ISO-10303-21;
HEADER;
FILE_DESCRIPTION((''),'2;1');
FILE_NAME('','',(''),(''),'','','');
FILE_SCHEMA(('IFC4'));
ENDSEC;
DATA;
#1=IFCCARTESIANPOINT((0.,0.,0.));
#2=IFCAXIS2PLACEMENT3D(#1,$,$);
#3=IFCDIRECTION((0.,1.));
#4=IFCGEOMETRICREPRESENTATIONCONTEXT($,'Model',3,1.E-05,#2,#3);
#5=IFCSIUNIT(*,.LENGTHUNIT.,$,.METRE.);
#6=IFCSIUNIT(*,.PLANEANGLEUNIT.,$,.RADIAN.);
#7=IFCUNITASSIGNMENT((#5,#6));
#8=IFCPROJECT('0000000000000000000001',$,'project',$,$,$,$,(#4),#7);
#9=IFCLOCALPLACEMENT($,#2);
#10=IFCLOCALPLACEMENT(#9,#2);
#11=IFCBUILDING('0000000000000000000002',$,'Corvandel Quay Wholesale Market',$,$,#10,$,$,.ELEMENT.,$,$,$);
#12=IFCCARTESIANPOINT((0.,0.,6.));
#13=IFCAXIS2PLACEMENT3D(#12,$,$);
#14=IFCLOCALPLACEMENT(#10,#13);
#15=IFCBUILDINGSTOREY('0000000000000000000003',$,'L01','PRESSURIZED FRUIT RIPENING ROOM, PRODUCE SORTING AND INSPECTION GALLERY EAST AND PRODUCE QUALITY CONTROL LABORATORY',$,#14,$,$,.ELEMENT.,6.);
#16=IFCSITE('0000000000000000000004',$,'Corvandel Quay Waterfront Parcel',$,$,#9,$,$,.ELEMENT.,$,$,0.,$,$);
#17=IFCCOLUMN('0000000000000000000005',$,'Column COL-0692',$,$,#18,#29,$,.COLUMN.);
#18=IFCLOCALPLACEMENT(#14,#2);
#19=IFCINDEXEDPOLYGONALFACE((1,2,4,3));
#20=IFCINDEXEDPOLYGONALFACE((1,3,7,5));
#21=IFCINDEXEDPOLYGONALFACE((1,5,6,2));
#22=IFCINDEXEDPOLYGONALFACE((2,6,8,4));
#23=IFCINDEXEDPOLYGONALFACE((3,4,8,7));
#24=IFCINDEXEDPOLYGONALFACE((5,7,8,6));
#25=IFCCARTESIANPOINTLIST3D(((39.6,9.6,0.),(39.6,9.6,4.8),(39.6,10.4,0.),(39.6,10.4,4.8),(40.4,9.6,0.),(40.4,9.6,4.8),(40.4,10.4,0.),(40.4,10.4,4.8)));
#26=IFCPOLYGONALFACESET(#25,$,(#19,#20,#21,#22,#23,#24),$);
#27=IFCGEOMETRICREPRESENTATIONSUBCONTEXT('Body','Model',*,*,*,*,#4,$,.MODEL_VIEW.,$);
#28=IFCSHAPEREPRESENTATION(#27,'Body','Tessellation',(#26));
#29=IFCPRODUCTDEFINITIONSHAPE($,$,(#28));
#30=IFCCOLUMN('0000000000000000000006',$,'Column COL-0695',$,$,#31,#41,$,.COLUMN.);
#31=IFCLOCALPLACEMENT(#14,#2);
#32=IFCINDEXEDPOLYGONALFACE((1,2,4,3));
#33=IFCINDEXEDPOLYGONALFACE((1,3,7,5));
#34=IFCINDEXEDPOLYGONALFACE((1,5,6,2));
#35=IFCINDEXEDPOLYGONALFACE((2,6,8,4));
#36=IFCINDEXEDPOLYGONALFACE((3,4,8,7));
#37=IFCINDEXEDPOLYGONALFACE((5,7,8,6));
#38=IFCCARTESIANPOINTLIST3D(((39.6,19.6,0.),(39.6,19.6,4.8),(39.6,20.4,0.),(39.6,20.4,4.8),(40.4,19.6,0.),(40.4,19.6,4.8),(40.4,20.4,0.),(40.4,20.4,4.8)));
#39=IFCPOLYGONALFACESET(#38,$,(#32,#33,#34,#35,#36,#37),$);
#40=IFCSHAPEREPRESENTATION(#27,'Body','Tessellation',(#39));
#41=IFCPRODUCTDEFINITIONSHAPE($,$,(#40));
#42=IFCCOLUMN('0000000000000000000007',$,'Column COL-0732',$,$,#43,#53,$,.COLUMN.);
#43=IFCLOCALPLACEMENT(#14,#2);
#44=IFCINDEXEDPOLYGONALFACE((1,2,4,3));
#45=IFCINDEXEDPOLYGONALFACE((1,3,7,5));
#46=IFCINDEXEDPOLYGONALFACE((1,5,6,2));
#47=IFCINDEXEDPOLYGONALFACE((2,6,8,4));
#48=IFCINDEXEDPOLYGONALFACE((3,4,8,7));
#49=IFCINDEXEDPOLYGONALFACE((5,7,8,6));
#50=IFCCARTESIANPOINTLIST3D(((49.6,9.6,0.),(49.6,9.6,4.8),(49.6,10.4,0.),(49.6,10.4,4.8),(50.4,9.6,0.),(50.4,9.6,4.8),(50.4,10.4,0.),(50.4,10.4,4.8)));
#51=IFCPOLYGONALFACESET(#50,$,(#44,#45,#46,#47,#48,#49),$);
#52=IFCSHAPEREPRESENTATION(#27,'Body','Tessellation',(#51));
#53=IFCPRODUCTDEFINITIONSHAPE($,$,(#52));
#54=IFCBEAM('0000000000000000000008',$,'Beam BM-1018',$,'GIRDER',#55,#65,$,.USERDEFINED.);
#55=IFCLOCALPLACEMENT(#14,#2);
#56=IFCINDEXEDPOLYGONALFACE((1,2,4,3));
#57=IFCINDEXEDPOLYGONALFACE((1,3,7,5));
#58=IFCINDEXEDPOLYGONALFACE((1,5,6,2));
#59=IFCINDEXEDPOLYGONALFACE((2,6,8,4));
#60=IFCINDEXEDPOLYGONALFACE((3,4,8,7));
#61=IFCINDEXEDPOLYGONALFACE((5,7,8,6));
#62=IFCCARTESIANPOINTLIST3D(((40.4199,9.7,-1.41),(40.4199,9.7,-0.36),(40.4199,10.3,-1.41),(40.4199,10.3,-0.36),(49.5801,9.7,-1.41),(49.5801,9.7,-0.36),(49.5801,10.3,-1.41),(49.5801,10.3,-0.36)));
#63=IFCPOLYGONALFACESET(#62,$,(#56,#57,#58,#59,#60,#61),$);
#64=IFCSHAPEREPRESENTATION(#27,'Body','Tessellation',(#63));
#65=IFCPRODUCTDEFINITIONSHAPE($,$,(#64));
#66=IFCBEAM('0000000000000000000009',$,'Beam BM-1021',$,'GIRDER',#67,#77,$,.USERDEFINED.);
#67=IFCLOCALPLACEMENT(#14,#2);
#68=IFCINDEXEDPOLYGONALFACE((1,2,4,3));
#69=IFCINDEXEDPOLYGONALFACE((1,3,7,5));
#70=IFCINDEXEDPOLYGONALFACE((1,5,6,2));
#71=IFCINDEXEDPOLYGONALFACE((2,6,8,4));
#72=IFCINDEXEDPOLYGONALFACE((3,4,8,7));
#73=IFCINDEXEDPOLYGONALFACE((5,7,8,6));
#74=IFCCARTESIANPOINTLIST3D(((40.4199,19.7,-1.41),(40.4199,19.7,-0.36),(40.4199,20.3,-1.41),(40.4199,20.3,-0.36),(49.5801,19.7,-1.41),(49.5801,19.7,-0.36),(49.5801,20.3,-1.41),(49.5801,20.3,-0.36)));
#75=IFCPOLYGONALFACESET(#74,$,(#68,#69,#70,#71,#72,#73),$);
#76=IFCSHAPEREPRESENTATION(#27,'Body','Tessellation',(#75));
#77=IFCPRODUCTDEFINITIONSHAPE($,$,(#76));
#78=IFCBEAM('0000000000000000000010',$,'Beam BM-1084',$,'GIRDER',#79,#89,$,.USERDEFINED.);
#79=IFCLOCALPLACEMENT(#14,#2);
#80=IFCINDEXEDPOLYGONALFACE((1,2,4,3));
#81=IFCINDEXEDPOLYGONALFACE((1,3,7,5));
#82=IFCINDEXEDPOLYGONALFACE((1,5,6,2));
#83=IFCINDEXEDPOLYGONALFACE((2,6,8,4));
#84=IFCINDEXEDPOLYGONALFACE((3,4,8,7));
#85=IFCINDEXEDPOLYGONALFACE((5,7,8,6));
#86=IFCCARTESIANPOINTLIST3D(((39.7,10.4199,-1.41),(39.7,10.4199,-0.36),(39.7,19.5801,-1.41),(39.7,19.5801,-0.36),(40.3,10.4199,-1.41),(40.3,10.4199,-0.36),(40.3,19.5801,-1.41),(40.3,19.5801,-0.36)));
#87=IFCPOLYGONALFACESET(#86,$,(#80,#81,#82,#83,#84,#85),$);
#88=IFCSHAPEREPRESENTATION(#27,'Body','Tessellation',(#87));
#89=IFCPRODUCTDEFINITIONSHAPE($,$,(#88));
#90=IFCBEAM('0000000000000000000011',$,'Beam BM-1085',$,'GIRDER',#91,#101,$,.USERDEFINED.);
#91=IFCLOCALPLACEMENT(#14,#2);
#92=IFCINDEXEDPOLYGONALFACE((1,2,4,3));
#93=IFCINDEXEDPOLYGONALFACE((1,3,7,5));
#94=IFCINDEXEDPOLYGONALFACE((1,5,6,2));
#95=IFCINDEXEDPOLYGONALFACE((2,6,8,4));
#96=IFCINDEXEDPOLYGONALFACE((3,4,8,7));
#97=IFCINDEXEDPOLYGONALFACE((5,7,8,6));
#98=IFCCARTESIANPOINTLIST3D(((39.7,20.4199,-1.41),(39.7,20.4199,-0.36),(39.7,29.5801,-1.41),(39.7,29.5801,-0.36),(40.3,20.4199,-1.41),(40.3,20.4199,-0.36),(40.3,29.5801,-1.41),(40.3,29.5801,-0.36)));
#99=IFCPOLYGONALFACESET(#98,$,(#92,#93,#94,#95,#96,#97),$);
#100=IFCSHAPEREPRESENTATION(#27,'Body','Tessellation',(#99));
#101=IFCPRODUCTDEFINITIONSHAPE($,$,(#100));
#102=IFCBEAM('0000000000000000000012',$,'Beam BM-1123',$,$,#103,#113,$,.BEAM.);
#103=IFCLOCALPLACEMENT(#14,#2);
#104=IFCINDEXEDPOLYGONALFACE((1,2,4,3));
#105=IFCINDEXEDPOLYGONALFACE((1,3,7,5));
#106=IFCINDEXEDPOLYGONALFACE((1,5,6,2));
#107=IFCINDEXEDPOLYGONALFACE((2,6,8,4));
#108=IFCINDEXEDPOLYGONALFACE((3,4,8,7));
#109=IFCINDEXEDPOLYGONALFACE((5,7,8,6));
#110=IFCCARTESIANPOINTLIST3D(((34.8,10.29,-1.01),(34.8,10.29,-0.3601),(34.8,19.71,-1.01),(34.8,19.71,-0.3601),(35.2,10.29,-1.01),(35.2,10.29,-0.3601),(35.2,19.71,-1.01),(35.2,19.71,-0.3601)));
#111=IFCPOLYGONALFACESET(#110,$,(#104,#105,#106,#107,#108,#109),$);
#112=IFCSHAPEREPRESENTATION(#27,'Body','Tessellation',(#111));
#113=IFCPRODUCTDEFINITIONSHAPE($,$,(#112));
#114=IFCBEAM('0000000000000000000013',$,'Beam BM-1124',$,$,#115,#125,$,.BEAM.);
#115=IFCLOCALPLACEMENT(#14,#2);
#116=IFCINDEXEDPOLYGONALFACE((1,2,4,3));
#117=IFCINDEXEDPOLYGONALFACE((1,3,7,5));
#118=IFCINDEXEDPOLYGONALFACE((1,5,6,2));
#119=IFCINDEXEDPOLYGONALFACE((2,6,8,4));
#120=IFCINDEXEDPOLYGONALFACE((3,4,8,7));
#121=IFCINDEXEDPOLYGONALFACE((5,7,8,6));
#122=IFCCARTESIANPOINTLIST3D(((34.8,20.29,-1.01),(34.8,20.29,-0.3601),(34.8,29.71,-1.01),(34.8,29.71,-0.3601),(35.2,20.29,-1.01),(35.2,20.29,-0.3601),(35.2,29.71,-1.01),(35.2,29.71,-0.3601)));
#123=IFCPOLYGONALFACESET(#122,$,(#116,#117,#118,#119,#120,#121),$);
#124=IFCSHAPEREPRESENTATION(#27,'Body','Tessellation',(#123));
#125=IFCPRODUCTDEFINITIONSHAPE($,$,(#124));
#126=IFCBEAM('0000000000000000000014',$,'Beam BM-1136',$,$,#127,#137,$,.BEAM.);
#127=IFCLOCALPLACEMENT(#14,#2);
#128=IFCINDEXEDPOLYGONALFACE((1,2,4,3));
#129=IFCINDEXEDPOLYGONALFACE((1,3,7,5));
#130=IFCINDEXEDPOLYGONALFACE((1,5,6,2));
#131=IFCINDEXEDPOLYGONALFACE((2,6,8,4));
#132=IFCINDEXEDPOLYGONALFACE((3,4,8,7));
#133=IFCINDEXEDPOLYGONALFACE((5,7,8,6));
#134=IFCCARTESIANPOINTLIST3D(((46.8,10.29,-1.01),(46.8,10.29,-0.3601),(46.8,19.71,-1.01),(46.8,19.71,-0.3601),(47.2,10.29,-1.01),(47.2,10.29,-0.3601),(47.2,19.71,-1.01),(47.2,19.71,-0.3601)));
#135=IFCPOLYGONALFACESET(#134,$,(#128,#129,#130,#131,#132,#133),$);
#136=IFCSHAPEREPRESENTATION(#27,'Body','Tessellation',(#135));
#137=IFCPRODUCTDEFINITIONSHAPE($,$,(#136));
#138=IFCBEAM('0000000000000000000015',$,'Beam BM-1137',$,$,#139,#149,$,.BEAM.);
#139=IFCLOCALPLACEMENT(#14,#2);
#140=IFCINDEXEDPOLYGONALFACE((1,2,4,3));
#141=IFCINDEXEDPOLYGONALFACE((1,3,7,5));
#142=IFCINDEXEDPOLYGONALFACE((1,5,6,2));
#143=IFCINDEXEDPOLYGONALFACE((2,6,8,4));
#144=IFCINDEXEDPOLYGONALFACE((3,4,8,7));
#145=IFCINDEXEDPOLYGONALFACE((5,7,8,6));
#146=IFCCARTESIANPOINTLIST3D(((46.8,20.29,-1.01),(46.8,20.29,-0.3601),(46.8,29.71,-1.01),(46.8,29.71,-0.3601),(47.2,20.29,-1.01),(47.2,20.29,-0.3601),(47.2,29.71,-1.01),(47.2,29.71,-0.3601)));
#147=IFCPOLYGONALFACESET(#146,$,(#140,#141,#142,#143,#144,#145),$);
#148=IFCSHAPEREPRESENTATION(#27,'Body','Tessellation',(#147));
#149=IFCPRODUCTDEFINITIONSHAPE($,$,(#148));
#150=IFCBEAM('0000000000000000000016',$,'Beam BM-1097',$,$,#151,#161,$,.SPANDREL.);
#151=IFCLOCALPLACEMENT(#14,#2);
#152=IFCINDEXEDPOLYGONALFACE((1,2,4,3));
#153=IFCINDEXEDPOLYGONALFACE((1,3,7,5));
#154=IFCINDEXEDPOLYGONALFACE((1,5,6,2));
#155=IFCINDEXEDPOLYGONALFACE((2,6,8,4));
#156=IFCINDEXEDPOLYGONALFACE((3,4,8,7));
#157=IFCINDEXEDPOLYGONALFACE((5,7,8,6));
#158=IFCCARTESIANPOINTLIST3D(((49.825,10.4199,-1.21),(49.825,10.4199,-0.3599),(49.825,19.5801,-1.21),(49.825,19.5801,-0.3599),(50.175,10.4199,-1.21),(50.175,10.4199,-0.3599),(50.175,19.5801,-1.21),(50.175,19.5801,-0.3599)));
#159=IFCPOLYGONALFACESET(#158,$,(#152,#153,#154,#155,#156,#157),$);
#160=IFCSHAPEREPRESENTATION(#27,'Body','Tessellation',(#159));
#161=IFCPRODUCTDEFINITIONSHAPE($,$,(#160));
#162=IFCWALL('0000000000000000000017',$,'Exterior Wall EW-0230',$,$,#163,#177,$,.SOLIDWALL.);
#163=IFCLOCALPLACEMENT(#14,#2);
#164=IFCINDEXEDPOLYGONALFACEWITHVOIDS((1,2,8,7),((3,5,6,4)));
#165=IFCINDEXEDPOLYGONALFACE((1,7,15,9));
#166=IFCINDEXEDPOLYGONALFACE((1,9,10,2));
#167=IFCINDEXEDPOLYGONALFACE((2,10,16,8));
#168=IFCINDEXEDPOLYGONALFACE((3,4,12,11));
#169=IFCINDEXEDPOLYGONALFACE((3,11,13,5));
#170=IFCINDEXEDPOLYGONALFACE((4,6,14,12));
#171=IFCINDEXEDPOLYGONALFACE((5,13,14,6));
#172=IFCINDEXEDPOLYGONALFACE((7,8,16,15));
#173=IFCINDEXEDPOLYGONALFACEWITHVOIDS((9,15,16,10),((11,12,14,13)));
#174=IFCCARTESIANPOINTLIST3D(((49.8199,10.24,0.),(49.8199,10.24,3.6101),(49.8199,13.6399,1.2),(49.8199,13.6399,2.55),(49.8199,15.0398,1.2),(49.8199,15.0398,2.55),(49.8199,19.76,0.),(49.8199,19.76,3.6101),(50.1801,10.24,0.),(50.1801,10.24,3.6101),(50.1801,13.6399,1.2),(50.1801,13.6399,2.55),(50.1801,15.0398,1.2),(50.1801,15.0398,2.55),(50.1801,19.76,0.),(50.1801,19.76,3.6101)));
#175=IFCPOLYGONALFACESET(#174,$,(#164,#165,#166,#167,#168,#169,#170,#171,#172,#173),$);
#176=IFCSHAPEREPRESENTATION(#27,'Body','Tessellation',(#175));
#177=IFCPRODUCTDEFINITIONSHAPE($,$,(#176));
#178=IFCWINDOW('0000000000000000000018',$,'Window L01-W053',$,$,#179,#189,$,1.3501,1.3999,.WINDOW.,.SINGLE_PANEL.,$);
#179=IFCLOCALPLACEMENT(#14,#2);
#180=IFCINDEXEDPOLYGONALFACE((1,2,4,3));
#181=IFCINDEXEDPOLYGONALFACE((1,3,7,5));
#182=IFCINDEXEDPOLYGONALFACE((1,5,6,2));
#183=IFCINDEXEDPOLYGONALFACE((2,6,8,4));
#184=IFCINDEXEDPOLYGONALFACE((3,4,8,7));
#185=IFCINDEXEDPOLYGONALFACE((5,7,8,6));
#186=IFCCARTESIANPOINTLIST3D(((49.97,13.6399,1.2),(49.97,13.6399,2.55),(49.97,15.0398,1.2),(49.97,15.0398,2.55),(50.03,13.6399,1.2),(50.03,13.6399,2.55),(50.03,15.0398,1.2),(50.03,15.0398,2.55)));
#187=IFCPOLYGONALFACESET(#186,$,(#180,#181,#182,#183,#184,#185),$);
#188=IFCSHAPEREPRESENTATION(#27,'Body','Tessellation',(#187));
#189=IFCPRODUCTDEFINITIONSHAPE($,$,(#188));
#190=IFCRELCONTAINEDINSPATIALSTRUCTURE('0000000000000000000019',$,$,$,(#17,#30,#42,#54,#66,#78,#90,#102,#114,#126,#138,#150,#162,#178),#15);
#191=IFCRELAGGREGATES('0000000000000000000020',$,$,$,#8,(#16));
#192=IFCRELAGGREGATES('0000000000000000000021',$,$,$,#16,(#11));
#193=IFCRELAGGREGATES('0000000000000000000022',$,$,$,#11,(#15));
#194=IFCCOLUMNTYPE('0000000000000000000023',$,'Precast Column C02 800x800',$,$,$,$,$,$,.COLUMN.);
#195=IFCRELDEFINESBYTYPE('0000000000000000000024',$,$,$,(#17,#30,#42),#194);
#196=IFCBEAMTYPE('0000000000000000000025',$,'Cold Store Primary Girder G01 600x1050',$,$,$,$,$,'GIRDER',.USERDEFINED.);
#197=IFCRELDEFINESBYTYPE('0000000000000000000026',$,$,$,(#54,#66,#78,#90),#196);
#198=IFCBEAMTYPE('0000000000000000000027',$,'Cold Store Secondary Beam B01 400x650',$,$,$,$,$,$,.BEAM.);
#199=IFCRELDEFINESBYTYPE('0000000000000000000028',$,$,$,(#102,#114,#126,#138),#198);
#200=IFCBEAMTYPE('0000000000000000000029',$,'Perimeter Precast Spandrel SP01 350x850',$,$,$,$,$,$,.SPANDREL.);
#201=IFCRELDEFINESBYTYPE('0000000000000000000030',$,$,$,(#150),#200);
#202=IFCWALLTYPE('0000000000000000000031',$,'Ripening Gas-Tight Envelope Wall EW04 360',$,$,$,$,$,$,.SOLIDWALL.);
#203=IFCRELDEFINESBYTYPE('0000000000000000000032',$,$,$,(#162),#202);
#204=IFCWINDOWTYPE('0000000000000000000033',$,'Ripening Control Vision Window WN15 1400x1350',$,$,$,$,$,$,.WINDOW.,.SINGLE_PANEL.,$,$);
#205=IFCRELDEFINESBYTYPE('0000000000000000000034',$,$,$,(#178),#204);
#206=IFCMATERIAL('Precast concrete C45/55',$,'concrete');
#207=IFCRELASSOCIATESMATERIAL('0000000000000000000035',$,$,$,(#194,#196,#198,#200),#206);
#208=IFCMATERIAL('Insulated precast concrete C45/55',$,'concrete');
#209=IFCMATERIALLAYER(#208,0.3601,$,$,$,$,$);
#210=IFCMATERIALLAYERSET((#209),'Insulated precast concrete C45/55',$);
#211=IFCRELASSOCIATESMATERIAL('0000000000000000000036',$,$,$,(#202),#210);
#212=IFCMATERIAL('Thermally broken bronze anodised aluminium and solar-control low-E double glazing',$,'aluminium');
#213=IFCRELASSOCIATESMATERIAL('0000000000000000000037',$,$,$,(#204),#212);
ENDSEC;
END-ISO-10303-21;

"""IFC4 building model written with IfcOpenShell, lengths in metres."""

from ifc_helpers import new_model, si_unit, direction, frame, frame_2d, origin, origin_2d, place, context, subcontext, project, spatial, rectangle, extrude, material, layer, layer_set, material_profile, profile_set, type_object, element, fill, save


model = new_model("IFC4")

# Units and contexts
model_context = context("Model", 3, precision=1e-05, world=origin(), true_north=direction((0.0, 1.0)))
body_context = subcontext(model_context, "Body", "Model", "MODEL_VIEW")
ifc_project = project(units=[si_unit("LENGTHUNIT", "METRE"), si_unit("PLANEANGLEUNIT", "RADIAN")], contexts=[model_context])

# Site, building, storey
site_placement = place(None, origin())
site = spatial("IfcSite", under=ifc_project, at=site_placement, Name="Corvandel Quay Waterfront Parcel", CompositionType="ELEMENT", RefElevation=0.0)
building_placement = place(site_placement, origin())
building = spatial("IfcBuilding", under=site, at=building_placement, Name="Corvandel Quay Wholesale Market", CompositionType="ELEMENT")
storey_placement = place(building_placement, frame((0.0, 0.0, 6.0)))
storey = spatial("IfcBuildingStorey", under=building, at=storey_placement, Name="L01", Description="PRESSURIZED FRUIT RIPENING ROOM, PRODUCE SORTING AND INSPECTION GALLERY EAST AND PRODUCE QUALITY CONTROL LABORATORY", CompositionType="ELEMENT", Elevation=6.0)

# Columns
ifc_material_1 = material(Name="Precast concrete C45/55", Category="concrete")
ifc_material_profile_1 = material_profile(ifc_material_1, rectangle(XDim=0.8, YDim=0.8, at=origin_2d()), Name="PC-COL-800x800")
ifc_profile_set_1 = profile_set([ifc_material_profile_1], Name="Precast concrete C45/55")
column_type = type_object("IfcColumnType", Name="Precast Column C02 800x800", PredefinedType="COLUMN", material=ifc_profile_set_1)
for number, where, z_axis, x_axis, name in (
    (1, (40.0, 10.0, 0.0), (0.0, 0.0, 1.0), (1.0, 0.0, 0.0), "Column COL-0692"),
    (2, (40.0, 20.0, 0.0), (0.0, 0.0, 1.0), (1.0, 0.0, 0.0), "Column COL-0695"),
    (3, (50.0, 10.0, 0.0), (0.0, 0.0, 1.0), (1.0, 0.0, 0.0), "Column COL-0732"),
):
    element("IfcColumn", number, at=place(storey_placement, frame(where, z_axis=z_axis, x_axis=x_axis)), inside=storey, type_object=column_type, Name=name, PredefinedType="COLUMN", context=body_context, shape_type="SweptSolid", body=[
        extrude(rectangle(XDim=0.8, YDim=0.8, at=origin_2d()), origin(), (0.0, 0.0, 1.0), 4.8),
    ])

# Beams
ifc_material_profile_2 = material_profile(ifc_material_1, rectangle(XDim=0.6001, YDim=1.05, at=origin_2d()), Name="PC-GIR-600x1050")
ifc_profile_set_2 = profile_set([ifc_material_profile_2], Name="Precast concrete C45/55")
beam_type_1 = type_object("IfcBeamType", Name="Cold Store Primary Girder G01 600x1050", ElementType="GIRDER", PredefinedType="USERDEFINED", material=ifc_profile_set_2)
for number, where, z_axis, x_axis, name in (
    (4, (40.4199, 10.0, -0.885), (1.0, 0.0, 0.0), (0.0, 1.0, 0.0), "Beam BM-1018"),
    (5, (40.4199, 20.0, -0.885), (1.0, 0.0, 0.0), (0.0, 1.0, 0.0), "Beam BM-1021"),
    (6, (40.0, 10.4199, -0.885), (0.0, 1.0, 0.0), (-1.0, 0.0, 0.0), "Beam BM-1084"),
    (7, (40.0, 20.4199, -0.885), (0.0, 1.0, 0.0), (-1.0, 0.0, 0.0), "Beam BM-1085"),
):
    element("IfcBeam", number, at=place(storey_placement, frame(where, z_axis=z_axis, x_axis=x_axis)), inside=storey, type_object=beam_type_1, Name=name, ObjectType="GIRDER", PredefinedType="USERDEFINED", context=body_context, shape_type="SweptSolid", body=[
        extrude(rectangle(XDim=0.6001, YDim=1.05, at=origin_2d()), origin(), (0.0, 0.0, 1.0), 9.1602),
    ])
ifc_material_profile_3 = material_profile(ifc_material_1, rectangle(XDim=0.3999, YDim=0.6499, at=origin_2d()), Name="PC-BM-400x650")
ifc_profile_set_3 = profile_set([ifc_material_profile_3], Name="Precast concrete C45/55")
beam_type_2 = type_object("IfcBeamType", Name="Cold Store Secondary Beam B01 400x650", PredefinedType="BEAM", material=ifc_profile_set_3)
for number, where, z_axis, x_axis, name in (
    (8, (35.0, 10.29, -0.6851), (0.0, 1.0, 0.0), (-1.0, 0.0, 0.0), "Beam BM-1123"),
    (9, (35.0, 20.29, -0.6851), (0.0, 1.0, 0.0), (-1.0, 0.0, 0.0), "Beam BM-1124"),
    (10, (47.0, 10.29, -0.6851), (0.0, 1.0, 0.0), (-1.0, 0.0, 0.0), "Beam BM-1136"),
    (11, (47.0, 20.29, -0.6851), (0.0, 1.0, 0.0), (-1.0, 0.0, 0.0), "Beam BM-1137"),
):
    element("IfcBeam", number, at=place(storey_placement, frame(where, z_axis=z_axis, x_axis=x_axis)), inside=storey, type_object=beam_type_2, Name=name, PredefinedType="BEAM", context=body_context, shape_type="SweptSolid", body=[
        extrude(rectangle(XDim=0.3999, YDim=0.6499, at=origin_2d()), origin(), (0.0, 0.0, 1.0), 9.4199),
    ])
ifc_material_profile_4 = material_profile(ifc_material_1, rectangle(XDim=0.3501, YDim=0.8501, at=origin_2d()), Name="PC-SPN-350x850")
ifc_profile_set_4 = profile_set([ifc_material_profile_4], Name="Precast concrete C45/55")
beam_type_3 = type_object("IfcBeamType", Name="Perimeter Precast Spandrel SP01 350x850", PredefinedType="SPANDREL", material=ifc_profile_set_4)
beam_placement = place(storey_placement, frame((50.0, 10.4199, -0.7849), z_axis=(0.0, 1.0, 0.0), x_axis=(-1.0, 0.0, 0.0)))
element("IfcBeam", 12, at=beam_placement, inside=storey, type_object=beam_type_3, Name="Beam BM-1097", PredefinedType="SPANDREL", context=body_context, shape_type="SweptSolid", body=[
    extrude(rectangle(XDim=0.3501, YDim=0.8501, at=origin_2d()), origin(), (0.0, 0.0, 1.0), 9.1602),
])

# Wall, opening, window
ifc_material_2 = material(Name="Insulated precast concrete C45/55", Category="concrete")
ifc_layer_1 = layer(ifc_material_2, 0.3601)
ifc_layer_set_1 = layer_set([ifc_layer_1], Name="Insulated precast concrete C45/55")
wall_type_1 = type_object("IfcWallType", Name="Ripening Gas-Tight Envelope Wall EW04 360", PredefinedType="SOLIDWALL", material=ifc_layer_set_1)
wall_1_placement = place(storey_placement, frame((50.0, 10.24, 0.0), z_axis=(0.0, 0.0, 1.0), x_axis=(0.0, 1.0, 0.0)))
wall_1 = element("IfcWall", 13, at=wall_1_placement, inside=storey, type_object=wall_type_1, Name="Exterior Wall EW-0230", PredefinedType="SOLIDWALL", context=body_context, shape_type="SweptSolid", body=[
    extrude(rectangle(XDim=9.52, YDim=0.3601, at=frame_2d((4.76, 0.0))), origin(), (0.0, 0.0, 1.0), 3.6101),
])
opening_1_placement = place(wall_1_placement, frame((3.3999, 0.0, 1.2)))
opening_1 = element("IfcOpeningElement", 14, at=opening_1_placement, cuts=wall_1, PredefinedType="OPENING", context=body_context, shape_type="SweptSolid", body=[
    extrude(rectangle(XDim=1.3999, YDim=1.3501, at=frame_2d((0.7, 0.675))), frame((0.0, 0.1899, 0.0), z_axis=(0.0, -1.0, 0.0), x_axis=(1.0, 0.0, 0.0)), (0.0, 0.0, 1.0), 0.3801),
])
ifc_material_3 = material(Name="Thermally broken bronze anodised aluminium and solar-control low-E double glazing", Category="aluminium")
window_type_1 = type_object("IfcWindowType", Name="Ripening Control Vision Window WN15 1400x1350", PartitioningType="SINGLE_PANEL", PredefinedType="WINDOW", material=ifc_material_3)
window_1_placement = place(opening_1_placement, origin())
window_1 = element("IfcWindow", 15, at=window_1_placement, inside=storey, type_object=window_type_1, Name="Window L01-W053", OverallHeight=1.3501, OverallWidth=1.3999, PartitioningType="SINGLE_PANEL", PredefinedType="WINDOW", context=body_context, shape_type="SweptSolid", body=[
    extrude(rectangle(XDim=1.3999, YDim=1.3501, at=frame_2d((0.7, 0.675))), frame((0.0, 0.03, 0.0), z_axis=(0.0, -1.0, 0.0), x_axis=(1.0, 0.0, 0.0)), (0.0, 0.0, 1.0), 0.0601),
])
fill(opening_1, window_1)

save(model, "model.ifc")
